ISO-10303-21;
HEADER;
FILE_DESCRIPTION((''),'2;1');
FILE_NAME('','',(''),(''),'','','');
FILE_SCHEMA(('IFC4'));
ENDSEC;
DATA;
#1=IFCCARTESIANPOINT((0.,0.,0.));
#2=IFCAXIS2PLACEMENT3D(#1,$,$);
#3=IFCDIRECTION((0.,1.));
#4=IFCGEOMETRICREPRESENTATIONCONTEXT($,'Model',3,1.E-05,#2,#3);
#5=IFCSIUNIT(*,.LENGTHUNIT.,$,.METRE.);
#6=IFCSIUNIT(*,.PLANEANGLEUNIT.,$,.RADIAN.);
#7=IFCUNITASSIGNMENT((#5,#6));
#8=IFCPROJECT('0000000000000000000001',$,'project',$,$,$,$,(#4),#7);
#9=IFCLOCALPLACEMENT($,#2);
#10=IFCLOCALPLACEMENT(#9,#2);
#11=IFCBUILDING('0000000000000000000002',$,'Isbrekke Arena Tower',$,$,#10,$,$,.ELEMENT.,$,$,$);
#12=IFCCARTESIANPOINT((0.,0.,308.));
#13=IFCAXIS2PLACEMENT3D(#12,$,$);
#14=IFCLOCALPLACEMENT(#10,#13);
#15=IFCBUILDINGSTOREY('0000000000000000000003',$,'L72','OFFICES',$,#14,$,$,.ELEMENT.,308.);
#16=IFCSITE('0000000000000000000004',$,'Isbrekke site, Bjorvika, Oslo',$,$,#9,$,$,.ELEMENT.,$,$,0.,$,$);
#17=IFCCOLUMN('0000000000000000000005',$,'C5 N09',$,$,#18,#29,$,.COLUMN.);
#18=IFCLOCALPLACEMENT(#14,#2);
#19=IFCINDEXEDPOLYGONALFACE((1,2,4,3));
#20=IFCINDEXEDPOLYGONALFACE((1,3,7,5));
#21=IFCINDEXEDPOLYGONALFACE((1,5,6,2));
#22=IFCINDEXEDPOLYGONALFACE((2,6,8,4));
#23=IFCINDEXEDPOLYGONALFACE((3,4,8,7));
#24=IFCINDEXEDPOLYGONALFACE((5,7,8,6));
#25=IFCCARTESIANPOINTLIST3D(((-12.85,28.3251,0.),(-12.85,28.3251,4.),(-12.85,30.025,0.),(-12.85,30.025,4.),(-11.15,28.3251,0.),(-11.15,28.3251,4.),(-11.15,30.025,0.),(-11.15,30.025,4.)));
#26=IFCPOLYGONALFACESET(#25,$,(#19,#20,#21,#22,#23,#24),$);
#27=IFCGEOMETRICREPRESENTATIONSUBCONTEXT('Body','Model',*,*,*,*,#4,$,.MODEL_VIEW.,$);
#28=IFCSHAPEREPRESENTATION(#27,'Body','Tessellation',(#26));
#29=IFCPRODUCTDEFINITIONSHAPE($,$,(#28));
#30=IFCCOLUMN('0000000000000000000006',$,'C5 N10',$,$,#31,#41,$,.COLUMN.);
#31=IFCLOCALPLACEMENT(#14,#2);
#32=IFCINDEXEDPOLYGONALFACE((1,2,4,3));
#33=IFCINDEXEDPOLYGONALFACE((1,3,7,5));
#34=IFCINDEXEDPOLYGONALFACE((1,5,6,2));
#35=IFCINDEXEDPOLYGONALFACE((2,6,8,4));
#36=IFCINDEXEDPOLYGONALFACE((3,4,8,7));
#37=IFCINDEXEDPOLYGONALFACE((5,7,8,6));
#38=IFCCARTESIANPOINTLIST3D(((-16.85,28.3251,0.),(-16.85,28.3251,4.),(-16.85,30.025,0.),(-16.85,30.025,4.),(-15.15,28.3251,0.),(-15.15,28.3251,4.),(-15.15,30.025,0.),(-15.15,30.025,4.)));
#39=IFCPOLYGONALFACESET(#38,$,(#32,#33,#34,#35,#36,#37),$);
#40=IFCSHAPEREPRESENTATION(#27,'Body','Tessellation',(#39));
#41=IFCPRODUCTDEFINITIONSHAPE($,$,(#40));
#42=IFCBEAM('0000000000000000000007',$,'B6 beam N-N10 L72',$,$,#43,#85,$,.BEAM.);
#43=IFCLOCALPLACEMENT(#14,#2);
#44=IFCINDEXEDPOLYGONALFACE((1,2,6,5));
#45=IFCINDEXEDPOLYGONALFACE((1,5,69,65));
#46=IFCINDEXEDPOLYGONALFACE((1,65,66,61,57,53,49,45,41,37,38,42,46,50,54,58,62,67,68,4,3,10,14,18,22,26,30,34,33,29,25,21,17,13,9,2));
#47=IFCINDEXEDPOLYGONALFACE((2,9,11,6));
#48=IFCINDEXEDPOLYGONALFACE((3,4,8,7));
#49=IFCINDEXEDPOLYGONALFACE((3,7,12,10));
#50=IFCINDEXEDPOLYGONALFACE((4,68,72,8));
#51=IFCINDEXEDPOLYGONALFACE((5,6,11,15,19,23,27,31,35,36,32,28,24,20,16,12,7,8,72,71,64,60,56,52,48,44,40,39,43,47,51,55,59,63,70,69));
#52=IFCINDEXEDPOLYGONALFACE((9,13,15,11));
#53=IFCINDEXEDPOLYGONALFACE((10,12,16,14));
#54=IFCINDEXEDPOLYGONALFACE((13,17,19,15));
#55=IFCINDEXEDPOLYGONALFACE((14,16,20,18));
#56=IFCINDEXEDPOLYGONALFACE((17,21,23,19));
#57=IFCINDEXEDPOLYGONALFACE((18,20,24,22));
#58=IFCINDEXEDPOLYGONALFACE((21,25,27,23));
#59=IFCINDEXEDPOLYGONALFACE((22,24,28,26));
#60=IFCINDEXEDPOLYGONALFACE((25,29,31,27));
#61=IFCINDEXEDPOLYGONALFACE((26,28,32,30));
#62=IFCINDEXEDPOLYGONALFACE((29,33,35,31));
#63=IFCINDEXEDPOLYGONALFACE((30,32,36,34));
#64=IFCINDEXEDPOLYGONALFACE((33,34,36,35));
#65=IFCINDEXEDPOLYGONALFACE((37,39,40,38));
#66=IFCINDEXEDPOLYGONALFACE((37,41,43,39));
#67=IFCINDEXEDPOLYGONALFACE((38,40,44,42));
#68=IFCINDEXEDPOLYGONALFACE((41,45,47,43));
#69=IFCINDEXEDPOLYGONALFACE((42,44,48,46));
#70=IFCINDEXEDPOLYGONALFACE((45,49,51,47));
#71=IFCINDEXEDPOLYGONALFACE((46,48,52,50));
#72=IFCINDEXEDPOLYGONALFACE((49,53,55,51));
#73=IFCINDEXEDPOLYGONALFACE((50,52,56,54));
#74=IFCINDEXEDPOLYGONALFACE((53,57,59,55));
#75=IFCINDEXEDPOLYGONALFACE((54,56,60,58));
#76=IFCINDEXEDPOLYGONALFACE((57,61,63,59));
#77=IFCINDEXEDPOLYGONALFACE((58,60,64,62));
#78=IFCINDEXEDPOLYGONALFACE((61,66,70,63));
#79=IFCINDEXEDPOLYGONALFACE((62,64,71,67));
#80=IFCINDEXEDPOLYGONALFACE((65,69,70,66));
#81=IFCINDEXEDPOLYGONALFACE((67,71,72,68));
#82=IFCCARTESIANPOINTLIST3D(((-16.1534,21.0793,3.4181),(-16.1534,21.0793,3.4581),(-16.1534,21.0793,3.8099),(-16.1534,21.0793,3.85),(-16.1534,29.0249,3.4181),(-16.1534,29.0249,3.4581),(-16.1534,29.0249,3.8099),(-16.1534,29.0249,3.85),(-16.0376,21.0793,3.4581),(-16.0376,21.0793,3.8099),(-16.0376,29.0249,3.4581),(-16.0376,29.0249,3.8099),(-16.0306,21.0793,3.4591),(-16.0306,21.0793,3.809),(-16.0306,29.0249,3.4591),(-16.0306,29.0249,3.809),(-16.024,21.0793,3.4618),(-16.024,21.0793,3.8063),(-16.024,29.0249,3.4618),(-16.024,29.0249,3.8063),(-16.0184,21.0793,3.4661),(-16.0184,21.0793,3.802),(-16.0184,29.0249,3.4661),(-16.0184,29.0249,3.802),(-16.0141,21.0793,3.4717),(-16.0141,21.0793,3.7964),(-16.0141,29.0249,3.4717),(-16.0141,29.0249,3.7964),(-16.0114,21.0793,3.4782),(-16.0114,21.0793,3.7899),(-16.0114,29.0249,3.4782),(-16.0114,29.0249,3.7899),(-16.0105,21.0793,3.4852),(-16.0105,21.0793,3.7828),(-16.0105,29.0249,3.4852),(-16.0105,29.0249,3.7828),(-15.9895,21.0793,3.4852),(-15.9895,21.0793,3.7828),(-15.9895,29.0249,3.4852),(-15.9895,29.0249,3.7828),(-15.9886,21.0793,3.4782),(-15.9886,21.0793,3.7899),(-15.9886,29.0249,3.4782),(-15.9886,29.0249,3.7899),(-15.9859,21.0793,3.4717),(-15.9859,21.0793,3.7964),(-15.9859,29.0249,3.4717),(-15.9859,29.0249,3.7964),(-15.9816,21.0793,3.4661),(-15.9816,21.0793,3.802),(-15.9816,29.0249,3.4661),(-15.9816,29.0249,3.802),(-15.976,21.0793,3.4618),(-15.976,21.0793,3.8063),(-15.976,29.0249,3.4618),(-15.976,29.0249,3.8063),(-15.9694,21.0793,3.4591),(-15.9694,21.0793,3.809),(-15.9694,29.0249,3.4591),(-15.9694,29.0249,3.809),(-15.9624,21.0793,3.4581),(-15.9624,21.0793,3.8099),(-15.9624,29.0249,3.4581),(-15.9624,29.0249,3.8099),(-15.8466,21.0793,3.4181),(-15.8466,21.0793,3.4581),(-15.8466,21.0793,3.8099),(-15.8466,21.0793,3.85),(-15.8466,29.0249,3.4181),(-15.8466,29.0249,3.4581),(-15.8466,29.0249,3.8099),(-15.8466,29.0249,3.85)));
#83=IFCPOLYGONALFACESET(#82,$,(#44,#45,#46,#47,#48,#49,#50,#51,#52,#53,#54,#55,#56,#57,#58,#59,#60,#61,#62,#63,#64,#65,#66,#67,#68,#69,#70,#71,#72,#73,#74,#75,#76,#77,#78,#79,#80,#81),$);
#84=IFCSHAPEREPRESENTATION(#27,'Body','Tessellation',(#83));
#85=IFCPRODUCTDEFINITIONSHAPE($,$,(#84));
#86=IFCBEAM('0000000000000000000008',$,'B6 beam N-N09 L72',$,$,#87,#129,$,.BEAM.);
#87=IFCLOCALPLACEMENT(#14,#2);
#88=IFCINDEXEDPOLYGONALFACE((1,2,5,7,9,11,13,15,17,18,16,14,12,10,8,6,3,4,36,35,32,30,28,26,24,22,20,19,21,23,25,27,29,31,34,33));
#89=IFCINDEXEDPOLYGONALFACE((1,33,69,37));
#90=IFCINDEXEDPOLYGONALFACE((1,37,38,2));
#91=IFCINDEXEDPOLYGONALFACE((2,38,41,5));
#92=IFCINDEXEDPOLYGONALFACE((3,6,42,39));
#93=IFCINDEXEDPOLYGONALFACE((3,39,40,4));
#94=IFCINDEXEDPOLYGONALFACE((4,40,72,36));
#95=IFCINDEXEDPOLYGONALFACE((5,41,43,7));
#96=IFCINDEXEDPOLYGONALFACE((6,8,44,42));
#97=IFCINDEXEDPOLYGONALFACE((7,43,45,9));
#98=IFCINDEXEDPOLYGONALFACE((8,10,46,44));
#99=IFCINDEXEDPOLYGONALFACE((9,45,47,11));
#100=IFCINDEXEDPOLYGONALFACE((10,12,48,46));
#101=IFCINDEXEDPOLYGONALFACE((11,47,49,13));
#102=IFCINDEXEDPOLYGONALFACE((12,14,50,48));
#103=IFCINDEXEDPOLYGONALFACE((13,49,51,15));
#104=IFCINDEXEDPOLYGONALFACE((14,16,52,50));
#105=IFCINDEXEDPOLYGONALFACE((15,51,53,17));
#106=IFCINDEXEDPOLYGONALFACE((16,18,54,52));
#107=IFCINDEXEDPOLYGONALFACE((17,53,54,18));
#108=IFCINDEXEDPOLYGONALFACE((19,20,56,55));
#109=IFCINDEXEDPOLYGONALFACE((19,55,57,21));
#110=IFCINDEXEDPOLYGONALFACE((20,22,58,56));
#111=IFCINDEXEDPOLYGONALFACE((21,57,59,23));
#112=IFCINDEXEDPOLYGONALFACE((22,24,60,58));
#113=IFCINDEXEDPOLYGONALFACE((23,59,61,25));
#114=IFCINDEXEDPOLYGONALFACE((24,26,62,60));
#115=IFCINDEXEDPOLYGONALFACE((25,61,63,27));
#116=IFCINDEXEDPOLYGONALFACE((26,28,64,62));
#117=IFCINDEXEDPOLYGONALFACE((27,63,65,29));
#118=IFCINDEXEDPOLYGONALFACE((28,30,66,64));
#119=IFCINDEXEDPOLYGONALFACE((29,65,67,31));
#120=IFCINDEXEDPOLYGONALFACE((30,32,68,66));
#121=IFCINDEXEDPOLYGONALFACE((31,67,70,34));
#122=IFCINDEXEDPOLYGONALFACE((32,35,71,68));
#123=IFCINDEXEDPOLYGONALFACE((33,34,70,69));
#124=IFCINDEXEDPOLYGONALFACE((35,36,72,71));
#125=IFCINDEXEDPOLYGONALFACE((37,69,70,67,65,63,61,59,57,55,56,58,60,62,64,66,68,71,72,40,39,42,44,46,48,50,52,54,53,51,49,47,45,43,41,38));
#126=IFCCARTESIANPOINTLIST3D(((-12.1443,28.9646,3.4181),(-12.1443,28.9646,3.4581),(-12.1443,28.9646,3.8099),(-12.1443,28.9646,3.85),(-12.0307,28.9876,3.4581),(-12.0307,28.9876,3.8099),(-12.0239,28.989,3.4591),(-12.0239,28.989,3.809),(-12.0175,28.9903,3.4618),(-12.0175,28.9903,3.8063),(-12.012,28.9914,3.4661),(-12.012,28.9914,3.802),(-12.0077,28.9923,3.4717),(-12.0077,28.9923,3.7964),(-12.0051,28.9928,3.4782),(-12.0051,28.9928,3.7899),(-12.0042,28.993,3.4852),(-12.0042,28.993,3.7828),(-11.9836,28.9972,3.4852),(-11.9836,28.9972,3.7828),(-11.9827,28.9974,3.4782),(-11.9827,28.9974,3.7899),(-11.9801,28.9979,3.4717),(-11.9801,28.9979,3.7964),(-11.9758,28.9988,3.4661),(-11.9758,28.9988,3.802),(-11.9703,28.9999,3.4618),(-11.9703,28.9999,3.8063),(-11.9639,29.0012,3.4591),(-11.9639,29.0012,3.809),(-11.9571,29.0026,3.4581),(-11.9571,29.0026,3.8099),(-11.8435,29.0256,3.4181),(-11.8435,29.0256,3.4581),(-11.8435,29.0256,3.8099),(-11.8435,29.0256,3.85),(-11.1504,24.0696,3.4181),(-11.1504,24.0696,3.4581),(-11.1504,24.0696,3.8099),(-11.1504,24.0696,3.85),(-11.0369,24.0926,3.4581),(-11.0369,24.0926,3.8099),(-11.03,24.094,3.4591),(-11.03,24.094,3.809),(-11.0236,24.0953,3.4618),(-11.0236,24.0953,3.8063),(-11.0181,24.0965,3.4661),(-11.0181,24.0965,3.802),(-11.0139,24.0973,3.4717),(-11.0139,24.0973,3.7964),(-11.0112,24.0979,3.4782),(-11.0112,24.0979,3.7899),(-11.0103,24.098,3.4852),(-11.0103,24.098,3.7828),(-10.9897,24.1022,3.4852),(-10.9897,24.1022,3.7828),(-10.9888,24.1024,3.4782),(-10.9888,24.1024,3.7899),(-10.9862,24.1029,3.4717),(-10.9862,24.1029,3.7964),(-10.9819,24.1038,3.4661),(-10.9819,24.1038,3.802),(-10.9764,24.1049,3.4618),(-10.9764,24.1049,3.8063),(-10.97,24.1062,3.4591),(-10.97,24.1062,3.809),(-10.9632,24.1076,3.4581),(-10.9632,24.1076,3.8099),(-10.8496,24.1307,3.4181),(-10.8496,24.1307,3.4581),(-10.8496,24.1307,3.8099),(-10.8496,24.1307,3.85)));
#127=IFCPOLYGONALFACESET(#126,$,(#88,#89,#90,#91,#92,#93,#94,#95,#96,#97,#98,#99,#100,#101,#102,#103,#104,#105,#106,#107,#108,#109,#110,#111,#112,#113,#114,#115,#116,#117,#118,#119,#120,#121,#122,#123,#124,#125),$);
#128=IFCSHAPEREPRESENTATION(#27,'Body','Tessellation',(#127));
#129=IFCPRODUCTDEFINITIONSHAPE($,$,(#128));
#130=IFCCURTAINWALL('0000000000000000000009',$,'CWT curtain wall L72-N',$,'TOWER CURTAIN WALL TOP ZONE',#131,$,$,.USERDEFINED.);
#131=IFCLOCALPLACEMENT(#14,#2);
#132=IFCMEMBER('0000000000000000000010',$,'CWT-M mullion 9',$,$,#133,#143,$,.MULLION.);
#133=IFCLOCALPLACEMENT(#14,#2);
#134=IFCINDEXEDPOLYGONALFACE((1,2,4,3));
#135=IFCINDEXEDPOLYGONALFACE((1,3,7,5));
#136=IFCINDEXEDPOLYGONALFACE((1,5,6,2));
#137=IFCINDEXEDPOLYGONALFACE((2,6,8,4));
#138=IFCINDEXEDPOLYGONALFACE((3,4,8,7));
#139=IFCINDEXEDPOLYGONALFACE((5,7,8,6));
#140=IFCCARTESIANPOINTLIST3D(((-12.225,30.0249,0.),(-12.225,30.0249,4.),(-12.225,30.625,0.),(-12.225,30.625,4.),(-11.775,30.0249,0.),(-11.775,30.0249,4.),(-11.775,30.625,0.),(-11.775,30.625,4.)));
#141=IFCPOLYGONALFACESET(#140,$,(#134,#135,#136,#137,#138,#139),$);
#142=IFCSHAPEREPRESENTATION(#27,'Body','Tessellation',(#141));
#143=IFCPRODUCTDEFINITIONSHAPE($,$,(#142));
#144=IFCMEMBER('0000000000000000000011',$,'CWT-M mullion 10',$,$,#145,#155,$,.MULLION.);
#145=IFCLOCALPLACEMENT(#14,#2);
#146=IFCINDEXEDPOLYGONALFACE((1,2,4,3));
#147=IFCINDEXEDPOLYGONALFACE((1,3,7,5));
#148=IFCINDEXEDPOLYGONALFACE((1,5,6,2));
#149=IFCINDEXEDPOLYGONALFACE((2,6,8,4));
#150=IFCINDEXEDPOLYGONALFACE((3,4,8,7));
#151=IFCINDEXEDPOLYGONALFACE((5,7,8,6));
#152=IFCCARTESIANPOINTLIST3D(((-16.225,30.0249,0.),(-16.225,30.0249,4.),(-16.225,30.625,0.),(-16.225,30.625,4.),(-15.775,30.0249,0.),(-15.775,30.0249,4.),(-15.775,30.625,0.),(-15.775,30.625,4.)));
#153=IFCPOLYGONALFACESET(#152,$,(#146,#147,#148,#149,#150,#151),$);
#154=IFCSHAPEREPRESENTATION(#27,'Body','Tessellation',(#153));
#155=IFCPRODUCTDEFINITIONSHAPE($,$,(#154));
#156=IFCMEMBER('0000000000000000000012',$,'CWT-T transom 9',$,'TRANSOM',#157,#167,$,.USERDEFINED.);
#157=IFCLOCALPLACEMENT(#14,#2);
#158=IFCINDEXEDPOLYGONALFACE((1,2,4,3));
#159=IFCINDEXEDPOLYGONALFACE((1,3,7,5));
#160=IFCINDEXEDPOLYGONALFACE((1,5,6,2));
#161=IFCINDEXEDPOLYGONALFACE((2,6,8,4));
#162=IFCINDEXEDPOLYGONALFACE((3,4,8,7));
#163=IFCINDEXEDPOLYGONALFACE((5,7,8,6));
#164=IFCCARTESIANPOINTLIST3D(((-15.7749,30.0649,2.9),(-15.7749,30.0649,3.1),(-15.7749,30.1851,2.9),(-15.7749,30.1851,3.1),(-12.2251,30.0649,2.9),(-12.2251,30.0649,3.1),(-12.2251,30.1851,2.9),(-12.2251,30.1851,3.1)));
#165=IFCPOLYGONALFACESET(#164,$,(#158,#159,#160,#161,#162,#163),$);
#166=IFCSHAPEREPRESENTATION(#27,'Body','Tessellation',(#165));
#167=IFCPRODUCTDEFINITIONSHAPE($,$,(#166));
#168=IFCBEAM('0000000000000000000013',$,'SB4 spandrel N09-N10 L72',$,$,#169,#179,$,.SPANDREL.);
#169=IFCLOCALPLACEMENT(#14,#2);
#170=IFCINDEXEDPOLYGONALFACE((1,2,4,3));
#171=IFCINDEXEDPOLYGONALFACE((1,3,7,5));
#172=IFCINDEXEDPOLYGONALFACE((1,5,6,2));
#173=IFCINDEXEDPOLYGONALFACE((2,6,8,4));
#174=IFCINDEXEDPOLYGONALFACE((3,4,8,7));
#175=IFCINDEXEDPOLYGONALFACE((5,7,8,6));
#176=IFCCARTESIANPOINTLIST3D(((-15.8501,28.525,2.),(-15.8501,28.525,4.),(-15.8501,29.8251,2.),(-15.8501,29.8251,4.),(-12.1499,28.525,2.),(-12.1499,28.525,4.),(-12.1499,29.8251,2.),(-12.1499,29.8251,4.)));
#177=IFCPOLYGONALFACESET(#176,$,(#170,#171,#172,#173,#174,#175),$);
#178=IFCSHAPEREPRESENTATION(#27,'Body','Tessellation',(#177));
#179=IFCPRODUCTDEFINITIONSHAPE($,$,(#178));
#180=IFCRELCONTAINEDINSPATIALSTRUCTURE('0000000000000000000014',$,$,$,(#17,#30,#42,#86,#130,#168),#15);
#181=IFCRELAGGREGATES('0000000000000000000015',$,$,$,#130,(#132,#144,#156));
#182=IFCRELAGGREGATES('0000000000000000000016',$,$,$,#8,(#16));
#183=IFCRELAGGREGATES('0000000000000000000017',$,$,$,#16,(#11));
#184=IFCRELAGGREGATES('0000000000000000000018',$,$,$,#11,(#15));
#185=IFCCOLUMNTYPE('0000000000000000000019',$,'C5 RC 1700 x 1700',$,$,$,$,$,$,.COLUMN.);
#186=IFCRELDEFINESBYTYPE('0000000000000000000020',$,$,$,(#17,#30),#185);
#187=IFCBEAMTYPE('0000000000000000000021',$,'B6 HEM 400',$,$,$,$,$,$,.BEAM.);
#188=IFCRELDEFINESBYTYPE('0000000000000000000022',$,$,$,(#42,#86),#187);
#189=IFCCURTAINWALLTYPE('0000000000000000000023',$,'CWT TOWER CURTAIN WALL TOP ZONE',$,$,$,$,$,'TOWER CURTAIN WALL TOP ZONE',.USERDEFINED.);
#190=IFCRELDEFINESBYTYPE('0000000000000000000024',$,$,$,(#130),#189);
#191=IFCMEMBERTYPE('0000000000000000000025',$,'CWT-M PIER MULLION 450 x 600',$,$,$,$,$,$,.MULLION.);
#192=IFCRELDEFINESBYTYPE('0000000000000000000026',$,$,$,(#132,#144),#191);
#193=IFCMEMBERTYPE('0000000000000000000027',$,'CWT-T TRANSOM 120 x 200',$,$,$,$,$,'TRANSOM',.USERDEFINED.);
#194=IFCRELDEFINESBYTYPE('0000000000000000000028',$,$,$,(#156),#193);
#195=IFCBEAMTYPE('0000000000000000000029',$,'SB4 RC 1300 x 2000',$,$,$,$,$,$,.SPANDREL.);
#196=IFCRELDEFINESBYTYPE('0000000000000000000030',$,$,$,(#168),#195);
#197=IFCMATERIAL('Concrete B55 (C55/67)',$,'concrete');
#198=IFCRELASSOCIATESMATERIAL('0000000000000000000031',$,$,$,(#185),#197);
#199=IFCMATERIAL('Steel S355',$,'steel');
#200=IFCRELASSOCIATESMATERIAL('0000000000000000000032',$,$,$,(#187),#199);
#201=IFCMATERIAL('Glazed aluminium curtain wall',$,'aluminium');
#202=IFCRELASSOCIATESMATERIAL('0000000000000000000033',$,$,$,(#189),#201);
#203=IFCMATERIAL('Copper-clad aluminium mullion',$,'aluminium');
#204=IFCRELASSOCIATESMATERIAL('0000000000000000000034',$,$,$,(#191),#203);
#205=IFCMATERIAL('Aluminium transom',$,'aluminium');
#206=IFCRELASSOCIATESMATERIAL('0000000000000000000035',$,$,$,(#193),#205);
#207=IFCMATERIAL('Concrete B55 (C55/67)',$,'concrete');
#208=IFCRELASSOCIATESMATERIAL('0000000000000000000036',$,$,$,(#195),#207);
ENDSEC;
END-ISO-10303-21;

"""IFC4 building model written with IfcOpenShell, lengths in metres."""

from ifc_helpers import new_model, si_unit, direction, frame, origin, origin_2d, place, context, subcontext, project, spatial, rectangle, i_section, extrude, material, material_profile, profile_set, type_object, element, aggregate, save


model = new_model("IFC4")

# Units and contexts
model_context = context("Model", 3, precision=1e-05, world=origin(), true_north=direction((0.0, 1.0)))
body_context = subcontext(model_context, "Body", "Model", "MODEL_VIEW")
ifc_project = project(units=[si_unit("LENGTHUNIT", "METRE"), si_unit("PLANEANGLEUNIT", "RADIAN")], contexts=[model_context])

# Site, building, storey
site_placement = place(None, origin())
site = spatial("IfcSite", under=ifc_project, at=site_placement, Name="Isbrekke site, Bjorvika, Oslo", CompositionType="ELEMENT", RefElevation=0.0)
building_placement = place(site_placement, origin())
building = spatial("IfcBuilding", under=site, at=building_placement, Name="Isbrekke Arena Tower", CompositionType="ELEMENT")
storey_placement = place(building_placement, frame((0.0, 0.0, 308.0)))
storey = spatial("IfcBuildingStorey", under=building, at=storey_placement, Name="L72", Description="OFFICES", CompositionType="ELEMENT", Elevation=308.0)

# Columns
ifc_material_1 = material(Name="Concrete B55 (C55/67)", Category="concrete")
ifc_material_profile_1 = material_profile(ifc_material_1, rectangle(XDim=1.7, YDim=1.7, at=origin_2d()), Name="RC 1700x1700")
ifc_profile_set_1 = profile_set([ifc_material_profile_1], Name="Concrete B55 (C55/67)")
column_type = type_object("IfcColumnType", Name="C5 RC 1700 x 1700", PredefinedType="COLUMN", material=ifc_profile_set_1)
for number, where, z_axis, x_axis, name in (
    (1, (-12.0, 29.175, 0.0), (0.0, 0.0, 1.0), (-1.0, 0.0, 0.0), "C5 N09"),
    (2, (-16.0, 29.175, 0.0), (0.0, 0.0, 1.0), (-1.0, 0.0, 0.0), "C5 N10"),
):
    element("IfcColumn", number, at=place(storey_placement, frame(where, z_axis=z_axis, x_axis=x_axis)), inside=storey, type_object=column_type, Name=name, PredefinedType="COLUMN", context=body_context, shape_type="SweptSolid", body=[
        extrude(rectangle(XDim=1.7, YDim=1.7, at=origin_2d()), origin(), (0.0, 0.0, 1.0), 4.0),
    ])

# Beams
ifc_material_2 = material(Name="Steel S355", Category="steel")
ifc_material_profile_2 = material_profile(ifc_material_2, i_section(OverallWidth=0.3069, OverallDepth=0.4319, WebThickness=0.021, FlangeThickness=0.04, FilletRadius=0.0271, at=origin_2d()), Name="HEM 400")
ifc_profile_set_2 = profile_set([ifc_material_profile_2], Name="Steel S355")
beam_type_1 = type_object("IfcBeamType", Name="B6 HEM 400", PredefinedType="BEAM", material=ifc_profile_set_2)
beam_1_placement = place(storey_placement, frame((-16.0, 29.0249, 3.634), z_axis=(0.0, -1.0, 0.0), x_axis=(1.0, 0.0, 0.0)))
element("IfcBeam", 3, at=beam_1_placement, inside=storey, type_object=beam_type_1, Name="B6 beam N-N10 L72", PredefinedType="BEAM", context=body_context, shape_type="SweptSolid", body=[
    extrude(i_section(OverallWidth=0.3069, OverallDepth=0.4319, WebThickness=0.021, FlangeThickness=0.04, FilletRadius=0.0271, at=origin_2d()), origin(), (0.0, 0.0, 1.0), 7.9456),
])
beam_2_placement = place(storey_placement, frame((-11.9939, 28.9951, 3.634), z_axis=(0.198982, -0.980003, 0.0), x_axis=(0.980003, 0.198982, 0.0)))
element("IfcBeam", 4, at=beam_2_placement, inside=storey, type_object=beam_type_1, Name="B6 beam N-N09 L72", PredefinedType="BEAM", context=body_context, shape_type="SweptSolid", body=[
    extrude(i_section(OverallWidth=0.3069, OverallDepth=0.4319, WebThickness=0.021, FlangeThickness=0.04, FilletRadius=0.0271, at=origin_2d()), origin(), (0.0, 0.0, 1.0), 4.9949),
])

# Curtain wall, members
ifc_material_3 = material(Name="Glazed aluminium curtain wall", Category="aluminium")
curtain_wall_type = type_object("IfcCurtainWallType", Name="CWT TOWER CURTAIN WALL TOP ZONE", ElementType="TOWER CURTAIN WALL TOP ZONE", PredefinedType="USERDEFINED", material=ifc_material_3)
curtain_wall_placement = place(storey_placement, origin())
curtain_wall = element("IfcCurtainWall", 5, at=curtain_wall_placement, inside=storey, type_object=curtain_wall_type, Name="CWT curtain wall L72-N", ObjectType="TOWER CURTAIN WALL TOP ZONE", PredefinedType="USERDEFINED")
ifc_material_4 = material(Name="Copper-clad aluminium mullion", Category="aluminium")
ifc_material_profile_3 = material_profile(ifc_material_4, rectangle(XDim=0.45, YDim=0.6001, at=origin_2d()), Name="PIER 450X600")
ifc_profile_set_3 = profile_set([ifc_material_profile_3], Name="Copper-clad aluminium mullion")
member_type_1 = type_object("IfcMemberType", Name="CWT-M PIER MULLION 450 x 600", PredefinedType="MULLION", material=ifc_profile_set_3)
member_1_placement = place(storey_placement, frame((-12.0, 30.325, 0.0), z_axis=(0.0, 0.0, 1.0), x_axis=(-1.0, 0.0, 0.0)))
member_1 = element("IfcMember", 6, at=member_1_placement, type_object=member_type_1, Name="CWT-M mullion 9", PredefinedType="MULLION", context=body_context, shape_type="SweptSolid", body=[
    extrude(rectangle(XDim=0.45, YDim=0.6001, at=origin_2d()), origin(), (0.0, 0.0, 1.0), 4.0),
])
member_2_placement = place(storey_placement, frame((-16.0, 30.325, 0.0), z_axis=(0.0, 0.0, 1.0), x_axis=(-1.0, 0.0, 0.0)))
member_2 = element("IfcMember", 7, at=member_2_placement, type_object=member_type_1, Name="CWT-M mullion 10", PredefinedType="MULLION", context=body_context, shape_type="SweptSolid", body=[
    extrude(rectangle(XDim=0.45, YDim=0.6001, at=origin_2d()), origin(), (0.0, 0.0, 1.0), 4.0),
])
ifc_material_5 = material(Name="Aluminium transom", Category="aluminium")
ifc_material_profile_4 = material_profile(ifc_material_5, rectangle(XDim=0.1201, YDim=0.2, at=origin_2d()), Name="TRANSOM 120X200")
ifc_profile_set_4 = profile_set([ifc_material_profile_4], Name="Aluminium transom")
member_type_2 = type_object("IfcMemberType", Name="CWT-T TRANSOM 120 x 200", ElementType="TRANSOM", PredefinedType="USERDEFINED", material=ifc_profile_set_4)
member_3_placement = place(storey_placement, frame((-12.2251, 30.125, 3.0), z_axis=(-1.0, 0.0, 0.0), x_axis=(0.0, -1.0, 0.0)))
member_3 = element("IfcMember", 8, at=member_3_placement, type_object=member_type_2, Name="CWT-T transom 9", ObjectType="TRANSOM", PredefinedType="USERDEFINED", context=body_context, shape_type="SweptSolid", body=[
    extrude(rectangle(XDim=0.1201, YDim=0.2, at=origin_2d()), origin(), (0.0, 0.0, 1.0), 3.5498),
])

# Beam
ifc_material_6 = material(Name="Concrete B55 (C55/67)", Category="concrete")
ifc_material_profile_5 = material_profile(ifc_material_6, rectangle(XDim=1.3, YDim=2.0, at=origin_2d()), Name="RC 1300x2000")
ifc_profile_set_5 = profile_set([ifc_material_profile_5], Name="Concrete B55 (C55/67)")
beam_type_2 = type_object("IfcBeamType", Name="SB4 RC 1300 x 2000", PredefinedType="SPANDREL", material=ifc_profile_set_5)
beam_3_placement = place(storey_placement, frame((-12.1499, 29.175, 3.0), z_axis=(-1.0, 0.0, 0.0), x_axis=(0.0, -1.0, 0.0)))
element("IfcBeam", 9, at=beam_3_placement, inside=storey, type_object=beam_type_2, Name="SB4 spandrel N09-N10 L72", PredefinedType="SPANDREL", context=body_context, shape_type="SweptSolid", body=[
    extrude(rectangle(XDim=1.3, YDim=2.0, at=origin_2d()), origin(), (0.0, 0.0, 1.0), 3.7002),
])

aggregate(curtain_wall, [member_1, member_2, member_3])

save(model, "model.ifc")
